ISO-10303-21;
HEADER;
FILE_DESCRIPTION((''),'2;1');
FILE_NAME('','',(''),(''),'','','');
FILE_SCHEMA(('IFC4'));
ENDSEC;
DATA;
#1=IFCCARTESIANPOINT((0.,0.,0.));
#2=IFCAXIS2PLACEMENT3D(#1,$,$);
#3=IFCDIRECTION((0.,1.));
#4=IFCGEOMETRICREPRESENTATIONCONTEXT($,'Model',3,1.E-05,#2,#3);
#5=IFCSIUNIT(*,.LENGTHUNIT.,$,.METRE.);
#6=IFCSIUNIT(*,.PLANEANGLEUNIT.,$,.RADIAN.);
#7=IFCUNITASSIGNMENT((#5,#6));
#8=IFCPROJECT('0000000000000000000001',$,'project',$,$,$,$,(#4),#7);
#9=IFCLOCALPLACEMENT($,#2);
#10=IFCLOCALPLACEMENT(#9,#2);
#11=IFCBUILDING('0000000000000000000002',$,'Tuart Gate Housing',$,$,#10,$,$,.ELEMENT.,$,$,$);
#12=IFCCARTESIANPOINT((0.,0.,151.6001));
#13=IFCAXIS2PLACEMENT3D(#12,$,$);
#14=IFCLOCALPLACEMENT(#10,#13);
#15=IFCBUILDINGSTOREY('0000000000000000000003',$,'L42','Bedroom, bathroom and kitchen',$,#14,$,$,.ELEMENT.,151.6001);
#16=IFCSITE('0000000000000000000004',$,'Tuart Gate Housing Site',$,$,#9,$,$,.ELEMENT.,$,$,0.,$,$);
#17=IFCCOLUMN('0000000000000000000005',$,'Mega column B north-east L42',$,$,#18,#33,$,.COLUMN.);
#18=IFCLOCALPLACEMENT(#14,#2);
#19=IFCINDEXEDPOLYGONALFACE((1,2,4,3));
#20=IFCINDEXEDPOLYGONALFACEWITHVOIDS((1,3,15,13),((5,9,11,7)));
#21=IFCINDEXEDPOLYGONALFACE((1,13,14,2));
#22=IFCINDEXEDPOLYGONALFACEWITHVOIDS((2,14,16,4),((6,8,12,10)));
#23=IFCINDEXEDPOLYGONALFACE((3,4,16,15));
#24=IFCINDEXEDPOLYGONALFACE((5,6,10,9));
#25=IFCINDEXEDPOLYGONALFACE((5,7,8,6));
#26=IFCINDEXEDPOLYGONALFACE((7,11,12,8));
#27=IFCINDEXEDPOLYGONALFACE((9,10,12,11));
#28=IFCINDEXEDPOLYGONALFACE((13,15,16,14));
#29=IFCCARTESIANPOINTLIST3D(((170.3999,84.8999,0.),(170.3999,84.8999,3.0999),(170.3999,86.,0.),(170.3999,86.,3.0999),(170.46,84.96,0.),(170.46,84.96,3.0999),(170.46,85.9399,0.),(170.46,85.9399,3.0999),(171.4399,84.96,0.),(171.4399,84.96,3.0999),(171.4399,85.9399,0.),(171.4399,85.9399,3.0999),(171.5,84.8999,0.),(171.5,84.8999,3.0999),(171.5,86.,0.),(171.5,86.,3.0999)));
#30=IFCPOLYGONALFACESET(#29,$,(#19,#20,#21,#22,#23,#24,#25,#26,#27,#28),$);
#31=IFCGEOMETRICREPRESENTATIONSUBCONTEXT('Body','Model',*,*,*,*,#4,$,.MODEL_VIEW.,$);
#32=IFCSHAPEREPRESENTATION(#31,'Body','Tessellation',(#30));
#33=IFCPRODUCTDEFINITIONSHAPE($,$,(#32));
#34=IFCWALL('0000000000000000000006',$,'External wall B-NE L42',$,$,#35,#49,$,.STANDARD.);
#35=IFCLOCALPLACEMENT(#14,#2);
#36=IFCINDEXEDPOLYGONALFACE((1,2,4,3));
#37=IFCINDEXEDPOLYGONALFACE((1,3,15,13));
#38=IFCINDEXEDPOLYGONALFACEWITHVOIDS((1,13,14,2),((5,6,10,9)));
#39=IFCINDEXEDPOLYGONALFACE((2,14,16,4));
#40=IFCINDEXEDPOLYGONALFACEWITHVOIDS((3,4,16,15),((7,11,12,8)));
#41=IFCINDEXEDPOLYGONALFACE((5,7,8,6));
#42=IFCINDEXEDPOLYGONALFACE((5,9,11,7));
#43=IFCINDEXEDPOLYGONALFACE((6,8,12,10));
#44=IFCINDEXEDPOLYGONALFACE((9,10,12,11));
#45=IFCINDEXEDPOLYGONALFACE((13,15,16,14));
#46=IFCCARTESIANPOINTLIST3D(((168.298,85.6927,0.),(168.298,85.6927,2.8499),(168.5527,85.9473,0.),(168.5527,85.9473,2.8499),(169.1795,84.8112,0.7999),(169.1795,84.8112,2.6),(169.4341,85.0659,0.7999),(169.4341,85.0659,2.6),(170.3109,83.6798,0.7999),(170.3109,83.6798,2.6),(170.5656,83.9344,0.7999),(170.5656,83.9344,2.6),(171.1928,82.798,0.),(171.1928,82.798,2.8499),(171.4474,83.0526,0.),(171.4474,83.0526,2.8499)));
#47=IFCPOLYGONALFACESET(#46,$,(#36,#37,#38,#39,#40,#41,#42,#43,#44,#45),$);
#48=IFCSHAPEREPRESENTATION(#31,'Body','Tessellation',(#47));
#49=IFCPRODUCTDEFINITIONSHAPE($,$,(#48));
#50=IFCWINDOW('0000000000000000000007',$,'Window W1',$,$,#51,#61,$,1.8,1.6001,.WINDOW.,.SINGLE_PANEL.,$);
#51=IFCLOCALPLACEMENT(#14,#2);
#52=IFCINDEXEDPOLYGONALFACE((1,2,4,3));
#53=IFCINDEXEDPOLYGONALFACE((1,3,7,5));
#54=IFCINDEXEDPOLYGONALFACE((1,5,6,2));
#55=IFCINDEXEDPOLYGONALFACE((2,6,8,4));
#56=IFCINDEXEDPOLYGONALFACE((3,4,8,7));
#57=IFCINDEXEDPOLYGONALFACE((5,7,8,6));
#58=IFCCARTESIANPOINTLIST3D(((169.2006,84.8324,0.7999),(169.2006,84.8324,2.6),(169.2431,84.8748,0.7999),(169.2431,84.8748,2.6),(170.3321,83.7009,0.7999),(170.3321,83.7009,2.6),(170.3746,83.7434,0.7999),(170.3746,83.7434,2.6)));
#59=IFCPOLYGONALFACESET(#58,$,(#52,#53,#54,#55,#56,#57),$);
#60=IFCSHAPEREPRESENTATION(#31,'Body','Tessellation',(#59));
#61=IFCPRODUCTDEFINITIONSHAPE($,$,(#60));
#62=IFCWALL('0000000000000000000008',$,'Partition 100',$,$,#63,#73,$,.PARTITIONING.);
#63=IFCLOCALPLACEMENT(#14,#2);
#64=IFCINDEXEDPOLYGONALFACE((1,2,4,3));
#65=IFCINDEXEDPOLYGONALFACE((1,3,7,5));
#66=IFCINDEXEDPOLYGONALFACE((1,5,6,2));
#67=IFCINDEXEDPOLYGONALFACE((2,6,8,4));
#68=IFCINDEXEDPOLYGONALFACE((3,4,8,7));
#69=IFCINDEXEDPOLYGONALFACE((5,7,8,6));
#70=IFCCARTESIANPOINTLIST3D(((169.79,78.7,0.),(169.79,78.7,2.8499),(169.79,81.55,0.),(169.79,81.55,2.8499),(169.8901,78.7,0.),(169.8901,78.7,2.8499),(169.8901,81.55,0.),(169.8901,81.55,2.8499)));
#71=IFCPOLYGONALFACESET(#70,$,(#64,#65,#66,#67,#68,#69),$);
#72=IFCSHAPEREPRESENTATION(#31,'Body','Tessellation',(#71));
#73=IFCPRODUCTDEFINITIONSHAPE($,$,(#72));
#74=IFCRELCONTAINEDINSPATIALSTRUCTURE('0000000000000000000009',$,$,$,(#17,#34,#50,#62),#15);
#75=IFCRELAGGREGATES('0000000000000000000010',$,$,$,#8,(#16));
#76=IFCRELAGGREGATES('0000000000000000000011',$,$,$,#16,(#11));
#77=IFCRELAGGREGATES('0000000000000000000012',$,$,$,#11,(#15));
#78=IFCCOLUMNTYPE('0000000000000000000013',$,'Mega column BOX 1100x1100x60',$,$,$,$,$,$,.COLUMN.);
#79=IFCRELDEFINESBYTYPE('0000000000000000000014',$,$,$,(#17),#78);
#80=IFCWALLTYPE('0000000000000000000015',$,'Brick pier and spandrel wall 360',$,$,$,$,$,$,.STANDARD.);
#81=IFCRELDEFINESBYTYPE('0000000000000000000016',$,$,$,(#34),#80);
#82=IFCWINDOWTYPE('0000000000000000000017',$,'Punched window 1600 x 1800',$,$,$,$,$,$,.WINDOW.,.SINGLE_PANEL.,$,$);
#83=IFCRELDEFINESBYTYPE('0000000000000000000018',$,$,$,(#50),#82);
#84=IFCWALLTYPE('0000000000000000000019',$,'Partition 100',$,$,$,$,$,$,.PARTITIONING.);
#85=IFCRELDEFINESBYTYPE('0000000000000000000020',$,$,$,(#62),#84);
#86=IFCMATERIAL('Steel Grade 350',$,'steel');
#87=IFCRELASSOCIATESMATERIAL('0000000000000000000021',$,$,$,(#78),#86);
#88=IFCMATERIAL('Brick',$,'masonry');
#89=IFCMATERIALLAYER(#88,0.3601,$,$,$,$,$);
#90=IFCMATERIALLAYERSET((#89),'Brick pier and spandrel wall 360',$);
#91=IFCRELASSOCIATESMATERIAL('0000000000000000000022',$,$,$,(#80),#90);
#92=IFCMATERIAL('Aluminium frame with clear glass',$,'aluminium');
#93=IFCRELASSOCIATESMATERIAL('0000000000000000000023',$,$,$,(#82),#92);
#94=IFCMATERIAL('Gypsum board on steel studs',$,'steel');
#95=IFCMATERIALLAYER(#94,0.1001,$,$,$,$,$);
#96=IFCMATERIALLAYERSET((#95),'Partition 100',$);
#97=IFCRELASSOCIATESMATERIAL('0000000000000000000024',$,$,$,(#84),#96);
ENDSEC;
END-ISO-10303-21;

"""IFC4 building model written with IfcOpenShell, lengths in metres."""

from ifc_helpers import new_model, si_unit, direction, frame, frame_2d, origin, origin_2d, place, context, subcontext, project, spatial, rectangle, hollow_rectangle, extrude, material, layer, layer_set, material_profile, profile_set, type_object, element, fill, save


model = new_model("IFC4")

# Units and contexts
model_context = context("Model", 3, precision=1e-05, world=origin(), true_north=direction((0.0, 1.0)))
body_context = subcontext(model_context, "Body", "Model", "MODEL_VIEW")
ifc_project = project(units=[si_unit("LENGTHUNIT", "METRE"), si_unit("PLANEANGLEUNIT", "RADIAN")], contexts=[model_context])

# Site, building, storey
site_placement = place(None, origin())
site = spatial("IfcSite", under=ifc_project, at=site_placement, Name="Tuart Gate Housing Site", CompositionType="ELEMENT", RefElevation=0.0)
building_placement = place(site_placement, origin())
building = spatial("IfcBuilding", under=site, at=building_placement, Name="Tuart Gate Housing", CompositionType="ELEMENT")
storey_placement = place(building_placement, frame((0.0, 0.0, 151.6001)))
storey = spatial("IfcBuildingStorey", under=building, at=storey_placement, Name="L42", Description="Bedroom, bathroom and kitchen", CompositionType="ELEMENT", Elevation=151.6001)

# Column
ifc_material_1 = material(Name="Steel Grade 350", Category="steel")
ifc_material_profile = material_profile(ifc_material_1, hollow_rectangle(XDim=1.1001, YDim=1.1001, WallThickness=0.0601, at=origin_2d()), Name="BOX 1100x1100x60")
ifc_profile_set = profile_set([ifc_material_profile], Name="Steel Grade 350")
column_type = type_object("IfcColumnType", Name="Mega column BOX 1100x1100x60", PredefinedType="COLUMN", material=ifc_profile_set)
column_placement = place(storey_placement, frame((170.95, 85.45, 0.0), z_axis=(0.0, 0.0, 1.0), x_axis=(1.0, 0.0, 0.0)))
element("IfcColumn", 1, at=column_placement, inside=storey, type_object=column_type, Name="Mega column B north-east L42", PredefinedType="COLUMN", context=body_context, shape_type="SweptSolid", body=[
    extrude(hollow_rectangle(XDim=1.1001, YDim=1.1001, WallThickness=0.0601, at=origin_2d()), origin(), (0.0, 0.0, 1.0), 3.0999),
])

# Wall, opening, window
ifc_material_2 = material(Name="Brick", Category="masonry")
ifc_layer_1 = layer(ifc_material_2, 0.3601)
ifc_layer_set_1 = layer_set([ifc_layer_1], Name="Brick pier and spandrel wall 360")
wall_type_1 = type_object("IfcWallType", Name="Brick pier and spandrel wall 360", PredefinedType="STANDARD", material=ifc_layer_set_1)
wall_1_placement = place(storey_placement, frame((171.3201, 82.9253, 0.0), z_axis=(0.0, 0.0, 1.0), x_axis=(-0.707107, 0.707107, 0.0)))
wall_1 = element("IfcWall", 2, at=wall_1_placement, inside=storey, type_object=wall_type_1, Name="External wall B-NE L42", PredefinedType="STANDARD", context=body_context, shape_type="SweptSolid", body=[
    extrude(rectangle(XDim=4.0938, YDim=0.3601, at=frame_2d((2.0469, 0.0))), origin(), (0.0, 0.0, 1.0), 2.8499),
])
opening_1_placement = place(wall_1_placement, frame((1.2471, 0.0, 0.8)))
opening_1 = element("IfcOpeningElement", 3, at=opening_1_placement, cuts=wall_1, PredefinedType="OPENING", context=body_context, shape_type="SweptSolid", body=[
    extrude(rectangle(XDim=1.6001, YDim=1.8, at=frame_2d((0.8, 0.8999))), frame((0.0, 0.1899, 0.0), z_axis=(0.0, -1.0, 0.0), x_axis=(1.0, 0.0, 0.0)), (0.0, 0.0, 1.0), 0.3801),
])
ifc_material_3 = material(Name="Aluminium frame with clear glass", Category="aluminium")
window_type_1 = type_object("IfcWindowType", Name="Punched window 1600 x 1800", PartitioningType="SINGLE_PANEL", PredefinedType="WINDOW", material=ifc_material_3)
window_1_placement = place(opening_1_placement, origin())
window_1 = element("IfcWindow", 4, at=window_1_placement, inside=storey, type_object=window_type_1, Name="Window W1", OverallHeight=1.8, OverallWidth=1.6001, PartitioningType="SINGLE_PANEL", PredefinedType="WINDOW", context=body_context, shape_type="SweptSolid", body=[
    extrude(rectangle(XDim=1.6001, YDim=1.8, at=frame_2d((0.8, 0.8999))), frame((0.0, 0.1501, 0.0), z_axis=(0.0, -1.0, 0.0), x_axis=(1.0, 0.0, 0.0)), (0.0, 0.0, 1.0), 0.0601),
])
fill(opening_1, window_1)

# Wall
ifc_material_4 = material(Name="Gypsum board on steel studs", Category="steel")
ifc_layer_2 = layer(ifc_material_4, 0.1001)
ifc_layer_set_2 = layer_set([ifc_layer_2], Name="Partition 100")
wall_type_2 = type_object("IfcWallType", Name="Partition 100", PredefinedType="PARTITIONING", material=ifc_layer_set_2)
wall_2_placement = place(storey_placement, frame((169.8401, 78.7, 0.0), z_axis=(0.0, 0.0, 1.0), x_axis=(0.0, 1.0, 0.0)))
element("IfcWall", 5, at=wall_2_placement, inside=storey, type_object=wall_type_2, Name="Partition 100", PredefinedType="PARTITIONING", context=body_context, shape_type="SweptSolid", body=[
    extrude(rectangle(XDim=2.8501, YDim=0.1001, at=frame_2d((1.425, 0.0))), origin(), (0.0, 0.0, 1.0), 2.8499),
])

save(model, "model.ifc")
